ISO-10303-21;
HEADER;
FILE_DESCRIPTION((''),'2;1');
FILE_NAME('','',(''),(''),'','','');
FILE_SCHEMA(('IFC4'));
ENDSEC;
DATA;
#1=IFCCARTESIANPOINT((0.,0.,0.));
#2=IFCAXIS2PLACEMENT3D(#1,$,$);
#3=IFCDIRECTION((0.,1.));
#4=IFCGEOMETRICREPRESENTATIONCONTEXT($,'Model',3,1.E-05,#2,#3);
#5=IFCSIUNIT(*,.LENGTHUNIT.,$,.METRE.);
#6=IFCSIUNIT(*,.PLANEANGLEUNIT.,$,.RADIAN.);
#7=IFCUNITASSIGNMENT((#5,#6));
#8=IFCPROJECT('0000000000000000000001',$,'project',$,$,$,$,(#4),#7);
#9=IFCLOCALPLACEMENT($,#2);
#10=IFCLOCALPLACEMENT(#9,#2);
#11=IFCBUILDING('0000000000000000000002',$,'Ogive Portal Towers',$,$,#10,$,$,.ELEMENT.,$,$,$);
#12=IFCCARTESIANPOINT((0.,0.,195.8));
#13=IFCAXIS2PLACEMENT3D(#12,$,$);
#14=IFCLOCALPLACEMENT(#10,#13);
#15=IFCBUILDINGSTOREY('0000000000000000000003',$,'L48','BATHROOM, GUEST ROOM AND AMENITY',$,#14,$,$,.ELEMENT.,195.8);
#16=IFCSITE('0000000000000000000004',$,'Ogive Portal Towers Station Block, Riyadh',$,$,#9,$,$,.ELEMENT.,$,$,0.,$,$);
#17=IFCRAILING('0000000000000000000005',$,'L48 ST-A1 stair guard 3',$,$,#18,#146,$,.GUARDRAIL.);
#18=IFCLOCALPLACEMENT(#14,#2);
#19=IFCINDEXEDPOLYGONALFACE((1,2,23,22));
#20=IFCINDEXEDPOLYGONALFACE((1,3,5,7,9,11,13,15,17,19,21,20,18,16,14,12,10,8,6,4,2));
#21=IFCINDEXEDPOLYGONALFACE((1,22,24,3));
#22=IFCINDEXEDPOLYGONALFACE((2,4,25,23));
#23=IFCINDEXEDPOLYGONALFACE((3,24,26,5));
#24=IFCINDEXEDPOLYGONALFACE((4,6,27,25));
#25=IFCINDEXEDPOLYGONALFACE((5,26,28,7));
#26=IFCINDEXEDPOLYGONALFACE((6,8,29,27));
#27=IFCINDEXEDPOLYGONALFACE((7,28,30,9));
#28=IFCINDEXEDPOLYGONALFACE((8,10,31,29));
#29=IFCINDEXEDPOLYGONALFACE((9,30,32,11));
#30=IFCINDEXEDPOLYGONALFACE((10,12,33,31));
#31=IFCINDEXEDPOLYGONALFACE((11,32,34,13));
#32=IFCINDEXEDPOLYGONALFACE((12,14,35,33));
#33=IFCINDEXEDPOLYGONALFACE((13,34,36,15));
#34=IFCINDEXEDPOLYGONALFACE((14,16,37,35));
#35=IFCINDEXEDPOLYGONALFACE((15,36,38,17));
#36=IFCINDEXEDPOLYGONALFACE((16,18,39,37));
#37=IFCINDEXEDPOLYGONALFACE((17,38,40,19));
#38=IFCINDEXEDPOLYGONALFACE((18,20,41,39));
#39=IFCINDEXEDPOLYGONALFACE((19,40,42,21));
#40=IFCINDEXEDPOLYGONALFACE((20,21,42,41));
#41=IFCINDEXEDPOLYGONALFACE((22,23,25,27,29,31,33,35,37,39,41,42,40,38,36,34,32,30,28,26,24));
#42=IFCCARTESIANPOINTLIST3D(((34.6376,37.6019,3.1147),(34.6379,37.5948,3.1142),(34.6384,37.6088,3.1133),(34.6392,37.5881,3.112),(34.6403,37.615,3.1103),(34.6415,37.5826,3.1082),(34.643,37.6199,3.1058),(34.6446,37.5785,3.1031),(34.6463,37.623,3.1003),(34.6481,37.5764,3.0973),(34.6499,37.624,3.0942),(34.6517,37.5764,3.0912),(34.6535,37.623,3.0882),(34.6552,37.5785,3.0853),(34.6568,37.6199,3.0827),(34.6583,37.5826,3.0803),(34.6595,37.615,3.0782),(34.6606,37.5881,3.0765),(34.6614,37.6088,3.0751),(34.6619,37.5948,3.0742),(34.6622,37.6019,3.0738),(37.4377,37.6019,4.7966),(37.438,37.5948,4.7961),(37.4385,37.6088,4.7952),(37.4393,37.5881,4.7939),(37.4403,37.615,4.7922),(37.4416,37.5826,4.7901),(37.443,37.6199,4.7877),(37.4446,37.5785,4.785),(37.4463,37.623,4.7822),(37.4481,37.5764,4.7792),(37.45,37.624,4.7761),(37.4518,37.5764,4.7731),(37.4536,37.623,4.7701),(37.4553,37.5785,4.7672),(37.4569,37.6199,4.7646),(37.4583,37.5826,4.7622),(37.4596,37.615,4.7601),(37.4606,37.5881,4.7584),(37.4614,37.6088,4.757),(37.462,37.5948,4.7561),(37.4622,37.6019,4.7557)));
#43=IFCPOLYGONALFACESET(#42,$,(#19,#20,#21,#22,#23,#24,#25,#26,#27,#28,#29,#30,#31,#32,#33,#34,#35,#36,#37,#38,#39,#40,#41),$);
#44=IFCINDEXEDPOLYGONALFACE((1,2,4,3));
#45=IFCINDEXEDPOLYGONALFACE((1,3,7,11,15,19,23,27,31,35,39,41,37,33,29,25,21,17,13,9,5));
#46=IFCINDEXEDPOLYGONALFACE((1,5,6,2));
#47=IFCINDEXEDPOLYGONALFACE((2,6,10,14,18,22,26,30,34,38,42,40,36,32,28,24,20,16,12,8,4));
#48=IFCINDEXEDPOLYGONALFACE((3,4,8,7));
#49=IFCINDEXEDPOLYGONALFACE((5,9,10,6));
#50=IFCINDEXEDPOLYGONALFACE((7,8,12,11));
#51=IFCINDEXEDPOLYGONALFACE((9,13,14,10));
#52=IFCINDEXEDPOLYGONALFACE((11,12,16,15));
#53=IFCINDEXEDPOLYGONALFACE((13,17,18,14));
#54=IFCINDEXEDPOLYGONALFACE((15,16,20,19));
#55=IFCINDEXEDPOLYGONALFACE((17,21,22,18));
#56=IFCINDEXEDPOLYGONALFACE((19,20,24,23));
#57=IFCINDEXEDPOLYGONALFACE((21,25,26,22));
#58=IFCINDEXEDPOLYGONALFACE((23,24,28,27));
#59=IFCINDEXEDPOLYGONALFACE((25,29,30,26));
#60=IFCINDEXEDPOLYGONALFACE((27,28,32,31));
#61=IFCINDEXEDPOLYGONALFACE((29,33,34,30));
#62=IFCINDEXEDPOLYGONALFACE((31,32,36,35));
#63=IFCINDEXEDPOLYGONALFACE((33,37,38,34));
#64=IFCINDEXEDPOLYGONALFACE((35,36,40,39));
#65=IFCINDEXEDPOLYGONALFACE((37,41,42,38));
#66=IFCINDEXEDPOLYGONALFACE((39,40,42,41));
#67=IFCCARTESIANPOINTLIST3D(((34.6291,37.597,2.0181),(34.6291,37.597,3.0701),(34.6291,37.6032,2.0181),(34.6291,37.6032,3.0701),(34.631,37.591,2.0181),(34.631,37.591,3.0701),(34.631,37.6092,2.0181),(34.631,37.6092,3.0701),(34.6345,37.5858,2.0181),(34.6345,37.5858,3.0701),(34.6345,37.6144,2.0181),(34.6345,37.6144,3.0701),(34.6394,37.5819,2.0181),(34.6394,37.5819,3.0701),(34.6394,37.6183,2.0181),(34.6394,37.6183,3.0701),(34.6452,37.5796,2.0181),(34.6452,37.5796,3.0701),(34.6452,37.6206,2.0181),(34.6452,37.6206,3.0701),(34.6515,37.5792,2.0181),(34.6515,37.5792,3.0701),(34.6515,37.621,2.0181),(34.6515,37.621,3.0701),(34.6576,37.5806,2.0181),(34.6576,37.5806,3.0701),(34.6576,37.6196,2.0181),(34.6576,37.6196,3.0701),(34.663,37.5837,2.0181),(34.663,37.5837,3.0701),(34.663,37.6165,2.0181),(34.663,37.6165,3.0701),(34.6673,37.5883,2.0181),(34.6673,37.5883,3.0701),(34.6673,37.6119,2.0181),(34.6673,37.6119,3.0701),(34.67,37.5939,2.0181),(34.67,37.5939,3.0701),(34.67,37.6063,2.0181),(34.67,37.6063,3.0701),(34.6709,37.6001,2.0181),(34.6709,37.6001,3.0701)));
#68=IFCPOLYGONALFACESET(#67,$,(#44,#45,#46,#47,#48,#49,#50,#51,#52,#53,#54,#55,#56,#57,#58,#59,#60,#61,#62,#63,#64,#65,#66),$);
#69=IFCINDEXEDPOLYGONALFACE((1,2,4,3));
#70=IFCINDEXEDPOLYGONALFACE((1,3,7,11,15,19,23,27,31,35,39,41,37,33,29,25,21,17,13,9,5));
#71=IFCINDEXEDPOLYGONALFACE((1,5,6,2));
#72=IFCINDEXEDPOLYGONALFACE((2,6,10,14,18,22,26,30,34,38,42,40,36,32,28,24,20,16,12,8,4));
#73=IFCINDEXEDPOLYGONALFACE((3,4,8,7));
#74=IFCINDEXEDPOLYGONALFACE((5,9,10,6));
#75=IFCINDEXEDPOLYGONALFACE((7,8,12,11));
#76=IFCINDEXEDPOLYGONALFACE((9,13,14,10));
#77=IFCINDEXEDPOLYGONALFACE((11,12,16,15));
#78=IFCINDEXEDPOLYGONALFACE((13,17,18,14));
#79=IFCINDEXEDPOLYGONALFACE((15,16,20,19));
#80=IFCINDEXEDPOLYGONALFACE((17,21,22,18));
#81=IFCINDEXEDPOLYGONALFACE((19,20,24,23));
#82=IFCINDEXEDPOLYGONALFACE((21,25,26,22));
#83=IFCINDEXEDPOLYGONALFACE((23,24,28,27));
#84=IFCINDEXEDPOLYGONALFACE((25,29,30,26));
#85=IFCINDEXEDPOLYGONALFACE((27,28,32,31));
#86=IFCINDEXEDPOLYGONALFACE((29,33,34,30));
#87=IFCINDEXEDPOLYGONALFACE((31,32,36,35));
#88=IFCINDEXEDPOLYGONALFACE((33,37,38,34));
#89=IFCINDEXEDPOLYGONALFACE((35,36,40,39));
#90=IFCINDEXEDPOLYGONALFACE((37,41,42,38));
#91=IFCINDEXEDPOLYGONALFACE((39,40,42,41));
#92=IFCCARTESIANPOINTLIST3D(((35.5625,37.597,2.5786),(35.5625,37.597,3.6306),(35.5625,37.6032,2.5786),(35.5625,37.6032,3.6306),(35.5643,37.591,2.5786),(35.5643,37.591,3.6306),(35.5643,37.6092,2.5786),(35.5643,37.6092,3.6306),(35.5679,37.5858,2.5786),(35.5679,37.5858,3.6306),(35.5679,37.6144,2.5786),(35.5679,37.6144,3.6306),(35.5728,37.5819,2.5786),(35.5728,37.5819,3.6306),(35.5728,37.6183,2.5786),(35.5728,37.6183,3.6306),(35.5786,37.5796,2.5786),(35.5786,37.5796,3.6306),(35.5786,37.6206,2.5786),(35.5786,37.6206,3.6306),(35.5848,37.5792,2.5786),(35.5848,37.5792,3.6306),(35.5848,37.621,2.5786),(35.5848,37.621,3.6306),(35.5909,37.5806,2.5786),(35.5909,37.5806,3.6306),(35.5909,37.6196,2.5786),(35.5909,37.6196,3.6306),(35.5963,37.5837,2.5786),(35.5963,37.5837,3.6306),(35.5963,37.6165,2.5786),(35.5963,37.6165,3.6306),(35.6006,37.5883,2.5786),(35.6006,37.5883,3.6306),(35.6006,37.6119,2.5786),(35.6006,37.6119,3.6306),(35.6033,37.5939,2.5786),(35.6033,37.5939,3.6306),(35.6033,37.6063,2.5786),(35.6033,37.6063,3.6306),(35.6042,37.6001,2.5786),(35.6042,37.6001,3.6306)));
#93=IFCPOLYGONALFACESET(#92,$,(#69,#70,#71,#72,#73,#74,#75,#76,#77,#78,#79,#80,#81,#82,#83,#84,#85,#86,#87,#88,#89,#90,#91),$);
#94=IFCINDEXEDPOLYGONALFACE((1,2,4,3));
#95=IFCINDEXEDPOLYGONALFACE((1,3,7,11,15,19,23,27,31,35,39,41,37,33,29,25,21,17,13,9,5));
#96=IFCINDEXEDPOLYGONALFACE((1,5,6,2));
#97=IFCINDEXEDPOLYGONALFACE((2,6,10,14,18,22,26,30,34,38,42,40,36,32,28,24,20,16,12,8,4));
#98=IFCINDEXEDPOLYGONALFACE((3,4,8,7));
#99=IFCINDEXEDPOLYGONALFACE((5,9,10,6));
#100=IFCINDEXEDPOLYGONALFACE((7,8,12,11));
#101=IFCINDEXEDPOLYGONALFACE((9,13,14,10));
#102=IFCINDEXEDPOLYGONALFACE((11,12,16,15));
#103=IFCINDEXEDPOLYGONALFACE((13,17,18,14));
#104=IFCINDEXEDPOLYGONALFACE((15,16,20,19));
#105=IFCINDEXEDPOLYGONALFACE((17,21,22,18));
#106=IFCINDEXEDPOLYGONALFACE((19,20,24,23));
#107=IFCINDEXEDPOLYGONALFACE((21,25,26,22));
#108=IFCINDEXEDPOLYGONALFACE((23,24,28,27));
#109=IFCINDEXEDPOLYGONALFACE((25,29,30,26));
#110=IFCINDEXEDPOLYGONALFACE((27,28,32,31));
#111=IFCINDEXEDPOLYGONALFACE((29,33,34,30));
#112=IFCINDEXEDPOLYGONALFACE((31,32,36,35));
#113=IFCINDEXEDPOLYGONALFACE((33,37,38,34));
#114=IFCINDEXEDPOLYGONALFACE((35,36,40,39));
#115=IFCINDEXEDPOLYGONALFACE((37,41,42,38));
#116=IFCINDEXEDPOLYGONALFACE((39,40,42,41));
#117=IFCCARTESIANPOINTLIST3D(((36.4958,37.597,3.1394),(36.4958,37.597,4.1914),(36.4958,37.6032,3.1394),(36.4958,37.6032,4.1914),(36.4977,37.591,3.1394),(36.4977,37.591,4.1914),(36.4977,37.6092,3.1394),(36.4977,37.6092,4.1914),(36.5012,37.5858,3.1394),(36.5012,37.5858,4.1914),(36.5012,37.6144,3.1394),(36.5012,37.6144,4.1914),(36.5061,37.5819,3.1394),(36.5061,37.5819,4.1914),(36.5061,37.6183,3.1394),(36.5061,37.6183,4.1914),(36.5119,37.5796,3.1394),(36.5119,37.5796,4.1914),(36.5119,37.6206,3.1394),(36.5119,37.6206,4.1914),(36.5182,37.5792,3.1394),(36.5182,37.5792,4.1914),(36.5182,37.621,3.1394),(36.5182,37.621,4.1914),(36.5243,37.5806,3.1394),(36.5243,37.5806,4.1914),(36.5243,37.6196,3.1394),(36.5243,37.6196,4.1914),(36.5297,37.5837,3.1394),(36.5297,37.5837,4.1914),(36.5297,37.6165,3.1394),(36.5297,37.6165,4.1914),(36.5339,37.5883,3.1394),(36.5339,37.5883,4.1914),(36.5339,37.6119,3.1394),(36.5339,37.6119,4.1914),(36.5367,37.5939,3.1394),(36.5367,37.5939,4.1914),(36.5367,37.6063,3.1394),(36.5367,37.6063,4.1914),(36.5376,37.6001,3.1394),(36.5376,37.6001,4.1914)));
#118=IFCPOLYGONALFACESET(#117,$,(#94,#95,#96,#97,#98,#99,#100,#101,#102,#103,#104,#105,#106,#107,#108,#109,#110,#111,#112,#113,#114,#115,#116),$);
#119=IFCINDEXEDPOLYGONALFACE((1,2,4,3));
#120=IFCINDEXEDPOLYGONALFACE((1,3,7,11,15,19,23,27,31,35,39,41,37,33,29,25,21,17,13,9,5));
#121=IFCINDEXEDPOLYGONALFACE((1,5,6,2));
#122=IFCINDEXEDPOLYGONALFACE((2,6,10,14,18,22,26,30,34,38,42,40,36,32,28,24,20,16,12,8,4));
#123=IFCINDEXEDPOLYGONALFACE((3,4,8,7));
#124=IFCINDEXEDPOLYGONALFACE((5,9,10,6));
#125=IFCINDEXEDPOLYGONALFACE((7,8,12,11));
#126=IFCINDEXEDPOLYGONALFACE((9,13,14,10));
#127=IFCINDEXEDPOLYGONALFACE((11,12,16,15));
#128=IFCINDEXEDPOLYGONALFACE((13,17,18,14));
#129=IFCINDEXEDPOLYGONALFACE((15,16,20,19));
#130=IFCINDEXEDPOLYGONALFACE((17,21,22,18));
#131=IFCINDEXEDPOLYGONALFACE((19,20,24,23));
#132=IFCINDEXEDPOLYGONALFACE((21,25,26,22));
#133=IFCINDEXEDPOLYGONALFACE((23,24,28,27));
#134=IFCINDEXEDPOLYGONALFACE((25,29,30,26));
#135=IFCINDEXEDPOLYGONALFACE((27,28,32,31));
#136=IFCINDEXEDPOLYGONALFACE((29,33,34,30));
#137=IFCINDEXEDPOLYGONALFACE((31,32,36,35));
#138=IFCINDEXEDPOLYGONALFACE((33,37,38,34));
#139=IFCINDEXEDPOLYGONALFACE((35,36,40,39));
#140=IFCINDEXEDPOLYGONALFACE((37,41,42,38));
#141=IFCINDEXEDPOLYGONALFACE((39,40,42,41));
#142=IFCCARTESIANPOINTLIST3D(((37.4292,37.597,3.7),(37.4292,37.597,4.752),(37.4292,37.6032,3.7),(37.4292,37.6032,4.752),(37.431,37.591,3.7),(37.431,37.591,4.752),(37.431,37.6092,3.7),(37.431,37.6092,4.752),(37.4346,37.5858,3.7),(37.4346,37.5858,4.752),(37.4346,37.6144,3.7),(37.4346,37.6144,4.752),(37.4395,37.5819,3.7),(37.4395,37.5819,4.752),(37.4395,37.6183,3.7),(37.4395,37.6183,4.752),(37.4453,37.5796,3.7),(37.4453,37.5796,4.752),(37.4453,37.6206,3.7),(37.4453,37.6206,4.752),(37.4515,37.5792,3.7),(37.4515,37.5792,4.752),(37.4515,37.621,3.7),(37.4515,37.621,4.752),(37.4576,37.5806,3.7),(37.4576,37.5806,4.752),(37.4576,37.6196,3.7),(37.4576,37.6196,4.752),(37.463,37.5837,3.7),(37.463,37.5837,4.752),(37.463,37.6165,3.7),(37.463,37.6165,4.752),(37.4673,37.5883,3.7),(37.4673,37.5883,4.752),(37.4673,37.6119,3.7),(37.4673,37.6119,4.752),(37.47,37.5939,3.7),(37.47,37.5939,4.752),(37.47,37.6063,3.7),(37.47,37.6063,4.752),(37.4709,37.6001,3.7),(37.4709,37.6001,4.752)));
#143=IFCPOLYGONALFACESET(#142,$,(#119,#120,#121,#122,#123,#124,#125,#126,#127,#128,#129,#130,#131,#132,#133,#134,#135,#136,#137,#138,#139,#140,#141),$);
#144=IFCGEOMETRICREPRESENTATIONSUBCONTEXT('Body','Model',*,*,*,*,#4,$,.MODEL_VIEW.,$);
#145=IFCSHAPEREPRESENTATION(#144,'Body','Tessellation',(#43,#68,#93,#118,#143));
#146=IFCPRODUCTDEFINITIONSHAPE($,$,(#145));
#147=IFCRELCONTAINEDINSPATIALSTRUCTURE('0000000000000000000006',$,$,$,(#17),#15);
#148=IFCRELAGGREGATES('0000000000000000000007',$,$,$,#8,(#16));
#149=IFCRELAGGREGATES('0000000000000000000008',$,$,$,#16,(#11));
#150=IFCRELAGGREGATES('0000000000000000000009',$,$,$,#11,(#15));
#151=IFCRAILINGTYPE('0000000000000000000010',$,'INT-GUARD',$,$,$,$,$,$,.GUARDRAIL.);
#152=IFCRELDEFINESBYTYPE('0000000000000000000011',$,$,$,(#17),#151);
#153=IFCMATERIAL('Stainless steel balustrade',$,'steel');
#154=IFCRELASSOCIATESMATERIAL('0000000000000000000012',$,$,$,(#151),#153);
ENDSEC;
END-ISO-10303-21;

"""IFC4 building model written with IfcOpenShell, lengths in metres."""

from ifc_helpers import new_model, si_unit, direction, frame, origin, origin_2d, place, context, subcontext, project, spatial, circle, extrude, material, type_object, element, save


model = new_model("IFC4")

# Units and contexts
model_context = context("Model", 3, precision=1e-05, world=origin(), true_north=direction((0.0, 1.0)))
body_context = subcontext(model_context, "Body", "Model", "MODEL_VIEW")
ifc_project = project(units=[si_unit("LENGTHUNIT", "METRE"), si_unit("PLANEANGLEUNIT", "RADIAN")], contexts=[model_context])

# Site, building, storey
site_placement = place(None, origin())
site = spatial("IfcSite", under=ifc_project, at=site_placement, Name="Ogive Portal Towers Station Block, Riyadh", CompositionType="ELEMENT", RefElevation=0.0)
building_placement = place(site_placement, origin())
building = spatial("IfcBuilding", under=site, at=building_placement, Name="Ogive Portal Towers", CompositionType="ELEMENT")
storey_placement = place(building_placement, frame((0.0, 0.0, 195.8)))
storey = spatial("IfcBuildingStorey", under=building, at=storey_placement, Name="L48", Description="BATHROOM, GUEST ROOM AND AMENITY", CompositionType="ELEMENT", Elevation=195.8)

# Railing
ifc_material_1 = material(Name="Stainless steel balustrade", Category="steel")
railing_type_1 = type_object("IfcRailingType", Name="INT-GUARD", PredefinedType="GUARDRAIL", material=ifc_material_1)
railing_1_placement = place(storey_placement, frame((34.6499, 37.6001, 2.0181)))
element("IfcRailing", 1, at=railing_1_placement, inside=storey, type_object=railing_type_1, Name="L48 ST-A1 stair guard 3", PredefinedType="GUARDRAIL", context=body_context, shape_type="SweptSolid", body=[
    extrude(circle(Radius=0.0239, at=origin_2d()), frame((0.0, 0.0, 1.0762), z_axis=(0.857242, 0.0, 0.514913), x_axis=(0.0, 1.0, 0.0)), (0.0, 0.0, 1.0), 3.2664),
    extrude(circle(Radius=0.021, at=origin_2d()), origin(), (0.0, 0.0, 1.0), 1.052),
    extrude(circle(Radius=0.021, at=origin_2d()), frame((0.9333, 0.0, 0.5605)), (0.0, 0.0, 1.0), 1.052),
    extrude(circle(Radius=0.021, at=origin_2d()), frame((1.8667, 0.0, 1.1213)), (0.0, 0.0, 1.0), 1.052),
    extrude(circle(Radius=0.021, at=origin_2d()), frame((2.8, 0.0, 1.6819)), (0.0, 0.0, 1.0), 1.052),
])

save(model, "model.ifc")
